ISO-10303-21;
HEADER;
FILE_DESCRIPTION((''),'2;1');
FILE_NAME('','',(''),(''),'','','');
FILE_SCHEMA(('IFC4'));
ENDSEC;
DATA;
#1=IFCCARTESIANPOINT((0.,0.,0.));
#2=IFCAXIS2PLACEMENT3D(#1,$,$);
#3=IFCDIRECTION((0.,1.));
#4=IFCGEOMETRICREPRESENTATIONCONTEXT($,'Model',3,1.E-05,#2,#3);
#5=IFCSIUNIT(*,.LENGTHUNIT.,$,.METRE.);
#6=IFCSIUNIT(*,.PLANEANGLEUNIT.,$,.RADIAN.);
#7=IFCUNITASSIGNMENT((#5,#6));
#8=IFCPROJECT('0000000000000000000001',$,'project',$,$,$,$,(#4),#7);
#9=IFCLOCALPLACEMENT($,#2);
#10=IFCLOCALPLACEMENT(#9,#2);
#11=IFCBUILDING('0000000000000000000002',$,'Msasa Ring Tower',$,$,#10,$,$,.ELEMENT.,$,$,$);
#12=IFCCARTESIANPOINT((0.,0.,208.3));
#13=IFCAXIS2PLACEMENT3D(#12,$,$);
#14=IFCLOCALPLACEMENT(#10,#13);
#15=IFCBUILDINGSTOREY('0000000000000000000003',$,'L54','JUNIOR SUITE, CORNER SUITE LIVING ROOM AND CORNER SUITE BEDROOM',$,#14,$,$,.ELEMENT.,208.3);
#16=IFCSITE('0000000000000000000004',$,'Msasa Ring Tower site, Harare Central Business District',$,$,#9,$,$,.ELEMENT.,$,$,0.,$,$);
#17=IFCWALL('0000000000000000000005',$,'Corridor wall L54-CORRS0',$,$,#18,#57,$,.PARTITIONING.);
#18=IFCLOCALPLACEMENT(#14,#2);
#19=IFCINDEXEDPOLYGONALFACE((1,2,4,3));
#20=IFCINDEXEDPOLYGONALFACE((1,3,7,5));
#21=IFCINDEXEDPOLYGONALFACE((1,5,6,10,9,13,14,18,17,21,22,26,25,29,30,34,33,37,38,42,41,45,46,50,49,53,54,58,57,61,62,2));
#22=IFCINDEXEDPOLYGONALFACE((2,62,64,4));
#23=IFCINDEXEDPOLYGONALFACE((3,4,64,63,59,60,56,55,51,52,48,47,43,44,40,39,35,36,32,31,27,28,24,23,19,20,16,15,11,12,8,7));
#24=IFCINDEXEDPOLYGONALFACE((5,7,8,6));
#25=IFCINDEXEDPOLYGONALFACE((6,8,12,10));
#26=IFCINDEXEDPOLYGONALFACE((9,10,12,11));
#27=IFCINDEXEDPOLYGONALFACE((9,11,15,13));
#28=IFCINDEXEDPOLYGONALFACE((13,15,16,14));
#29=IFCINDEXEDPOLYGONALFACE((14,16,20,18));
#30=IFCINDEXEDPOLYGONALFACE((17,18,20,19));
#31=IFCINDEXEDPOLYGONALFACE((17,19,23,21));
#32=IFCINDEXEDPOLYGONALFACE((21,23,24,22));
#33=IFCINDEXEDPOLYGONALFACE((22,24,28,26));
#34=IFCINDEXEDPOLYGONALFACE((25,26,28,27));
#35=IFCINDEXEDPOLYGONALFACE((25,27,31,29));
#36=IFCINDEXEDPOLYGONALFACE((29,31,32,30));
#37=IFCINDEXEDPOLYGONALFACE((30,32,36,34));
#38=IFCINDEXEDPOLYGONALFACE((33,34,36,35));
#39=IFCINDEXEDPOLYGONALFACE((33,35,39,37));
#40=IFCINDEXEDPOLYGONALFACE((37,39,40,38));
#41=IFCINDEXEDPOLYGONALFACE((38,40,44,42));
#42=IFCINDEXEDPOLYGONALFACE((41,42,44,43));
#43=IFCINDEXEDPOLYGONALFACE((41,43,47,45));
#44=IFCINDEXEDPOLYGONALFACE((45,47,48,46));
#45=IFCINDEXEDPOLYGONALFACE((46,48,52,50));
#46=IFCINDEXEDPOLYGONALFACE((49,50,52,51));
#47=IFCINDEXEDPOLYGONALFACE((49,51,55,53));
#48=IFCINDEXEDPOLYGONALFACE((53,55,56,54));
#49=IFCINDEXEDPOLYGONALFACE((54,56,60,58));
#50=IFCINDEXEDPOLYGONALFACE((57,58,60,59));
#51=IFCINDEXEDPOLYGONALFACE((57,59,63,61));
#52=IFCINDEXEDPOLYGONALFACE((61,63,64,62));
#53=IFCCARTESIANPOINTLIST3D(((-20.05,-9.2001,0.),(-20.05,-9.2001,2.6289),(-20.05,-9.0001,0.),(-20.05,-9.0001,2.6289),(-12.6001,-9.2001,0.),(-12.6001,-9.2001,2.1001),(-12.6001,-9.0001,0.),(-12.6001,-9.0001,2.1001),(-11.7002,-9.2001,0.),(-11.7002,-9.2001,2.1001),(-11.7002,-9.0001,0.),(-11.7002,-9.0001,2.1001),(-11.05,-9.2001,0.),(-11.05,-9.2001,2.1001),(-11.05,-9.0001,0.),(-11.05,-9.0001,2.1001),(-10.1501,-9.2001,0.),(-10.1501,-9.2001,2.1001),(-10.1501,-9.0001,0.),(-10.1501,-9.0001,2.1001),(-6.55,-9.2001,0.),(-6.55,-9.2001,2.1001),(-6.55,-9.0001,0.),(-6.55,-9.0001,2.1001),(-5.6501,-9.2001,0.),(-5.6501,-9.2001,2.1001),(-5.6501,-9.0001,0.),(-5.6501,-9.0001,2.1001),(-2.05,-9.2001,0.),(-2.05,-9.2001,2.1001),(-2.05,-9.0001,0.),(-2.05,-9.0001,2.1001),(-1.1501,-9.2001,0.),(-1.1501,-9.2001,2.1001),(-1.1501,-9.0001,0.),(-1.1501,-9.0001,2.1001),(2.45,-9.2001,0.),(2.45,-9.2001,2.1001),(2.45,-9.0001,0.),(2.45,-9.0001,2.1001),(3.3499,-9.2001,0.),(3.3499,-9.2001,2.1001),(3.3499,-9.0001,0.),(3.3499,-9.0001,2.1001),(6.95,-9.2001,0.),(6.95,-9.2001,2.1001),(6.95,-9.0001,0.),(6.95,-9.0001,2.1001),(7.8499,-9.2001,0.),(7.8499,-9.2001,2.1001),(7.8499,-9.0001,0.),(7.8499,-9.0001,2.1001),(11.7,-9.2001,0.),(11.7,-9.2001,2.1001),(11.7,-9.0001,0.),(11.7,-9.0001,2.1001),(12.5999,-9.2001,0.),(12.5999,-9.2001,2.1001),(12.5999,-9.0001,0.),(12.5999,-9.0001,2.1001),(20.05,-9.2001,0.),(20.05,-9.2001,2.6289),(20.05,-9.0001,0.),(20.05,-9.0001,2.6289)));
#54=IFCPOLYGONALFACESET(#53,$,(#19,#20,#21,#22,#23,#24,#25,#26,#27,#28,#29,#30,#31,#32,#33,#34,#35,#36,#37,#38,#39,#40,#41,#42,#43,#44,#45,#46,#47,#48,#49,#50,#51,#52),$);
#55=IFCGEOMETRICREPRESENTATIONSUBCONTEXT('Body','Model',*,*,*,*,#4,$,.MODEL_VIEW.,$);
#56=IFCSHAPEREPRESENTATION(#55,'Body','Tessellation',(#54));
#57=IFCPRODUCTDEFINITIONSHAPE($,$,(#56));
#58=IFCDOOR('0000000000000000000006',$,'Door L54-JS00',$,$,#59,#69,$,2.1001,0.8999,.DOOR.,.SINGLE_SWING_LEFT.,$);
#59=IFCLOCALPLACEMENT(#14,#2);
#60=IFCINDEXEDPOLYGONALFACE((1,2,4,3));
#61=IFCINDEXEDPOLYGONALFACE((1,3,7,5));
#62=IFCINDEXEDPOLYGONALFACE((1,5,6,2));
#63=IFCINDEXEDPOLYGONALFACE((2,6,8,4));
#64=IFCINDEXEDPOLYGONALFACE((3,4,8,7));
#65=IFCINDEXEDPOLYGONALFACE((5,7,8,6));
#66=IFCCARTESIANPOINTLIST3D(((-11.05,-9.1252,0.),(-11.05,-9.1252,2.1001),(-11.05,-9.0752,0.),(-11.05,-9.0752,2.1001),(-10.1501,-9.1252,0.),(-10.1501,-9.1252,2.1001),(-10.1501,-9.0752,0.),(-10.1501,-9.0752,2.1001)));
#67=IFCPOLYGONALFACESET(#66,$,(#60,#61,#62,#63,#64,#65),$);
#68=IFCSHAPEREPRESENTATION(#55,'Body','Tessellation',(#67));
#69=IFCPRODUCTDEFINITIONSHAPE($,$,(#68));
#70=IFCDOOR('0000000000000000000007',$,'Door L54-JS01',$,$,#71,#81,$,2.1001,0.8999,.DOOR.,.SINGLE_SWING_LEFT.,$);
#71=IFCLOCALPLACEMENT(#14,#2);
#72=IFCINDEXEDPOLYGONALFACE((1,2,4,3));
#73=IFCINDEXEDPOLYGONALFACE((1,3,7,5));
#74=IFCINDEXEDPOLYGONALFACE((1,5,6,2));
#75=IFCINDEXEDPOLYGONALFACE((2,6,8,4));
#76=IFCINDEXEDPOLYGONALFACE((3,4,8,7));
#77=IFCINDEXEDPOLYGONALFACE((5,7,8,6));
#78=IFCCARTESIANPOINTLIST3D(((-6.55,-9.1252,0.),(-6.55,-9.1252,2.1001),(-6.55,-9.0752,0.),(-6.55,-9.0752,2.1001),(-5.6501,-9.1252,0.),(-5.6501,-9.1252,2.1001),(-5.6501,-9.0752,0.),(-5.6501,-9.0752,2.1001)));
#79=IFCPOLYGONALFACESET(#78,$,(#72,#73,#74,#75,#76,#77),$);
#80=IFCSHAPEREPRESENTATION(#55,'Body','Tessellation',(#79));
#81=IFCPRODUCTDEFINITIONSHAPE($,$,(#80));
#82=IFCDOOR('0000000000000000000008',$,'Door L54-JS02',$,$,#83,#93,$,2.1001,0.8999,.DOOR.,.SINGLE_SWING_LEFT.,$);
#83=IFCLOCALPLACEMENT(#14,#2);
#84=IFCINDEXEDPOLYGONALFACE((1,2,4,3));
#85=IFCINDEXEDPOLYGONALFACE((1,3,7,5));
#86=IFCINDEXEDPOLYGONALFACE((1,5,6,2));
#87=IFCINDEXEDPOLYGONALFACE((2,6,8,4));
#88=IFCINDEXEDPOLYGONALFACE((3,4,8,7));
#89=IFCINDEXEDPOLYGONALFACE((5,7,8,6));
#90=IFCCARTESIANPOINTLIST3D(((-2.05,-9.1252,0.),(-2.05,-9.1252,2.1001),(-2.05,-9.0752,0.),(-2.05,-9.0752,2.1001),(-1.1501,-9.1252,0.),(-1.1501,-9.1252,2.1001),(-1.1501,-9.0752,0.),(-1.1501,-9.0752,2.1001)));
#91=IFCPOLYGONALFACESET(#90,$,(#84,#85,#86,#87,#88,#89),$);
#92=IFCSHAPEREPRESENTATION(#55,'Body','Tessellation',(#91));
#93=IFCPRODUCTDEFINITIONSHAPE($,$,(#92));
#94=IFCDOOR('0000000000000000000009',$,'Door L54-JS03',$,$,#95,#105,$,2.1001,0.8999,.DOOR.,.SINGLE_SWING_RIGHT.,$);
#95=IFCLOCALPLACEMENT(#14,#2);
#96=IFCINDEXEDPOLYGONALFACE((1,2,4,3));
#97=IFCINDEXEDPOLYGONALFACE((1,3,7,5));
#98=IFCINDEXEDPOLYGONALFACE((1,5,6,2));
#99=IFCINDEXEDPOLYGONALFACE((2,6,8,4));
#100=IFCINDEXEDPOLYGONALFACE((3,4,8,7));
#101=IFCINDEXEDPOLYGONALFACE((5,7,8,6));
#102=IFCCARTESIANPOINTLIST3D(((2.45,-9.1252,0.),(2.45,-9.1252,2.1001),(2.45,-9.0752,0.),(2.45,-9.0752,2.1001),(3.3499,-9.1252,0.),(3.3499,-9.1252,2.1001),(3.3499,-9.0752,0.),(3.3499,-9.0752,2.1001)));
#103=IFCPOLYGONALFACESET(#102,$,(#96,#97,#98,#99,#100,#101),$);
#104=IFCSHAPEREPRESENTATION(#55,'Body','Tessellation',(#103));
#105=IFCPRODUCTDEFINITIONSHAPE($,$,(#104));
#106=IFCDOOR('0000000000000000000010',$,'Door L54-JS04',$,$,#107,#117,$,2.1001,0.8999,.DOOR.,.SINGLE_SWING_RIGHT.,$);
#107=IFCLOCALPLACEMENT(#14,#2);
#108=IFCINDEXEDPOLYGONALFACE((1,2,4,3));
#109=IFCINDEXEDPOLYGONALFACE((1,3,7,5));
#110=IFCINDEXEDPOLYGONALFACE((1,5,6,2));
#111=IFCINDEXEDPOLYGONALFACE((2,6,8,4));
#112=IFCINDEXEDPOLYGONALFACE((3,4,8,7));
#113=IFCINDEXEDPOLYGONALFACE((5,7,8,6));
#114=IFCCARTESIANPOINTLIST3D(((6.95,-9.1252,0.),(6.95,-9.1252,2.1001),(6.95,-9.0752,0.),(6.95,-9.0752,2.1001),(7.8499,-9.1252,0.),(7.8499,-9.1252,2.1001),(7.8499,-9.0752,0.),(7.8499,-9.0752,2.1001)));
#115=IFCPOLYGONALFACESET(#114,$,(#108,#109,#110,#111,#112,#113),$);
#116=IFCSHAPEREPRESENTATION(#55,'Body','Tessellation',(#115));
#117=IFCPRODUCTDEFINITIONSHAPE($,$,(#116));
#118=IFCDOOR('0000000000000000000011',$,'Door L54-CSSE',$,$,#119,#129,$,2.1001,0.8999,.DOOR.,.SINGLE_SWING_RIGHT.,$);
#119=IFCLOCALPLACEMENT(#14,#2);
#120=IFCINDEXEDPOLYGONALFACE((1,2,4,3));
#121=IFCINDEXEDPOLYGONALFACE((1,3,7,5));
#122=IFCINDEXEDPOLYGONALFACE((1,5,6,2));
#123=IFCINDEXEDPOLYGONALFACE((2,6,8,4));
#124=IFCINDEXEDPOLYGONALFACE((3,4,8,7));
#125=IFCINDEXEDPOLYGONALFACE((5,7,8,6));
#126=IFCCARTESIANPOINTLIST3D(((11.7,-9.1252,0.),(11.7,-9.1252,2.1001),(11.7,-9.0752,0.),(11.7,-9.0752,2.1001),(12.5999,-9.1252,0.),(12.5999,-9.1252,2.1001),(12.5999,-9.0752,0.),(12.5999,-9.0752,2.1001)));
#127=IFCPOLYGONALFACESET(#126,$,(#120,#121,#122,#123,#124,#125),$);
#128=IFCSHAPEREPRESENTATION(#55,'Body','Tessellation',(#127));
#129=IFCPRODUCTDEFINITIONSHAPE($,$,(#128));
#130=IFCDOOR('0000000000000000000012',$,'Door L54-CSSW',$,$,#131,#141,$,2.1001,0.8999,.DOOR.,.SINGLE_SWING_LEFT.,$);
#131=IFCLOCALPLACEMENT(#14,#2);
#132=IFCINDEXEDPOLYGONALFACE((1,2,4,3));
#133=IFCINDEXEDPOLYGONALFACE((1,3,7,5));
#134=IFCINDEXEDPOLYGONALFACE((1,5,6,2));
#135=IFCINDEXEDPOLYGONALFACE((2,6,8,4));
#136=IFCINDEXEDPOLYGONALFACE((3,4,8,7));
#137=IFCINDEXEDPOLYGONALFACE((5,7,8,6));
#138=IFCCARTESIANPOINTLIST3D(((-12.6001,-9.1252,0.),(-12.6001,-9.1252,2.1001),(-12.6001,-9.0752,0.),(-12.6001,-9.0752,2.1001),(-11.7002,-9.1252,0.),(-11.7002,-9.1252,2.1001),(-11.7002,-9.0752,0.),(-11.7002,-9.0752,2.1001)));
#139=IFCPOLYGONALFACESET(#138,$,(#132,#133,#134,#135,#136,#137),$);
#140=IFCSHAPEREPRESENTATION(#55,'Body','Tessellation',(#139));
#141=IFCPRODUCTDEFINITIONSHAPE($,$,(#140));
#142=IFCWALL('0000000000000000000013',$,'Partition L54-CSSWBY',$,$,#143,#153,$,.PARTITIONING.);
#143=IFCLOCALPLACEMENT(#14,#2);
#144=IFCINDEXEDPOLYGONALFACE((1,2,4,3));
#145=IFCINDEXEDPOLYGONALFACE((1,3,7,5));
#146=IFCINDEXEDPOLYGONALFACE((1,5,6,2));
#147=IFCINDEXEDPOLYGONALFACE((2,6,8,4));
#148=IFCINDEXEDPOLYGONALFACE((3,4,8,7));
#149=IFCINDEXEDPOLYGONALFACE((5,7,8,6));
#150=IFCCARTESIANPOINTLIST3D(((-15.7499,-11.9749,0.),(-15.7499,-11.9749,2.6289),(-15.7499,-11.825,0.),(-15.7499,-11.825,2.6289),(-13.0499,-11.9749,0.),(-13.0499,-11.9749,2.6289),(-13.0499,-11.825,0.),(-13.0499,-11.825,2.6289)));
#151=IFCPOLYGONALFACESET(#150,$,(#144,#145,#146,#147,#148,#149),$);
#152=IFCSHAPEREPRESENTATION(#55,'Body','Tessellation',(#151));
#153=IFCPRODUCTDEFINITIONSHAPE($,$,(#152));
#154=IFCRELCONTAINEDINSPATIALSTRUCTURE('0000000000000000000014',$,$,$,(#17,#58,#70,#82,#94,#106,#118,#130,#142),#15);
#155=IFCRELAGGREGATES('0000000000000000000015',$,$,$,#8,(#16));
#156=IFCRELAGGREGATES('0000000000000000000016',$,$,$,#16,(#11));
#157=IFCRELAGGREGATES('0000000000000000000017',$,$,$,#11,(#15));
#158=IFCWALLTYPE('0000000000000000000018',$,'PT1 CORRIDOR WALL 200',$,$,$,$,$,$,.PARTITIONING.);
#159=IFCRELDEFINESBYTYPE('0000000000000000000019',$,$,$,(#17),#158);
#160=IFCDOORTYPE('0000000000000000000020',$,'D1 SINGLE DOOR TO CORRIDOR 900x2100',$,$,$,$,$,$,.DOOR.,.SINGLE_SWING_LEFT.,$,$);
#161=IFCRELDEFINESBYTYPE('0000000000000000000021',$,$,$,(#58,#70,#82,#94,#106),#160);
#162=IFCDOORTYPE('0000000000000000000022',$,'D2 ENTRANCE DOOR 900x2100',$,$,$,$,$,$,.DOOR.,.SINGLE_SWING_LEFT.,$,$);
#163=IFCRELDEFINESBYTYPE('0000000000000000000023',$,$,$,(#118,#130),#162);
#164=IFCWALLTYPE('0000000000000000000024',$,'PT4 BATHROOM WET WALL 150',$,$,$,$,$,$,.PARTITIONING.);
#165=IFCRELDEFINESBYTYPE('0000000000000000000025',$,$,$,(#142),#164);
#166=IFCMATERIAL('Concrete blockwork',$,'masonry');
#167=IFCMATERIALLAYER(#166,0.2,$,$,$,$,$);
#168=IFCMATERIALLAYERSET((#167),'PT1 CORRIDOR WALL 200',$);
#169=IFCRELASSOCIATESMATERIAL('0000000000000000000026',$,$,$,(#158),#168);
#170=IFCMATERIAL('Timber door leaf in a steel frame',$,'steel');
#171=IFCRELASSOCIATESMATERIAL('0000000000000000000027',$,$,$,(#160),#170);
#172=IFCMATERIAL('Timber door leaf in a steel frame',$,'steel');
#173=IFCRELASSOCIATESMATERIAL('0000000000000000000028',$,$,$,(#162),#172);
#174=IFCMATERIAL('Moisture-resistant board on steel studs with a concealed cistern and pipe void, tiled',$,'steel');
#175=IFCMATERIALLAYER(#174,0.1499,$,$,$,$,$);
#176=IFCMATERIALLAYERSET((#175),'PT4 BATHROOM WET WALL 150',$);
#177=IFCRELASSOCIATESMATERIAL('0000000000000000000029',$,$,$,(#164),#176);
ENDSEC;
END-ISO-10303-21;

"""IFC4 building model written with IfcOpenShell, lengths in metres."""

from ifc_helpers import new_model, si_unit, direction, frame, frame_2d, origin, place, context, subcontext, project, spatial, rectangle, extrude, material, layer, layer_set, type_object, element, fill, save


model = new_model("IFC4")

# Units and contexts
model_context = context("Model", 3, precision=1e-05, world=origin(), true_north=direction((0.0, 1.0)))
body_context = subcontext(model_context, "Body", "Model", "MODEL_VIEW")
ifc_project = project(units=[si_unit("LENGTHUNIT", "METRE"), si_unit("PLANEANGLEUNIT", "RADIAN")], contexts=[model_context])

# Site, building, storey
site_placement = place(None, origin())
site = spatial("IfcSite", under=ifc_project, at=site_placement, Name="Msasa Ring Tower site, Harare Central Business District", CompositionType="ELEMENT", RefElevation=0.0)
building_placement = place(site_placement, origin())
building = spatial("IfcBuilding", under=site, at=building_placement, Name="Msasa Ring Tower", CompositionType="ELEMENT")
storey_placement = place(building_placement, frame((0.0, 0.0, 208.3)))
storey = spatial("IfcBuildingStorey", under=building, at=storey_placement, Name="L54", Description="JUNIOR SUITE, CORNER SUITE LIVING ROOM AND CORNER SUITE BEDROOM", CompositionType="ELEMENT", Elevation=208.3)

# Wall, openings, doors
ifc_material_1 = material(Name="Concrete blockwork", Category="masonry")
ifc_layer_1 = layer(ifc_material_1, 0.2)
ifc_layer_set_1 = layer_set([ifc_layer_1], Name="PT1 CORRIDOR WALL 200")
wall_type_1 = type_object("IfcWallType", Name="PT1 CORRIDOR WALL 200", PredefinedType="PARTITIONING", material=ifc_layer_set_1)
wall_1_placement = place(storey_placement, frame((-20.05, -9.1001, 0.0), z_axis=(0.0, 0.0, 1.0), x_axis=(1.0, 0.0, 0.0)))
wall_1 = element("IfcWall", 1, at=wall_1_placement, inside=storey, type_object=wall_type_1, Name="Corridor wall L54-CORRS0", PredefinedType="PARTITIONING", context=body_context, shape_type="SweptSolid", body=[
    extrude(rectangle(XDim=40.1001, YDim=0.2, at=frame_2d((20.05, 0.0))), origin(), (0.0, 0.0, 1.0), 2.6289),
])
opening_1_placement = place(wall_1_placement, frame((9.0, 0.0, 0.0)))
opening_1 = element("IfcOpeningElement", 2, at=opening_1_placement, cuts=wall_1, PredefinedType="OPENING", context=body_context, shape_type="SweptSolid", body=[
    extrude(rectangle(XDim=0.8999, YDim=2.1001, at=frame_2d((0.45, 1.05))), frame((0.0, 0.1099, 0.0), z_axis=(0.0, -1.0, 0.0), x_axis=(1.0, 0.0, 0.0)), (0.0, 0.0, 1.0), 0.22),
])
opening_2_placement = place(wall_1_placement, frame((13.5, 0.0, 0.0)))
opening_2 = element("IfcOpeningElement", 3, at=opening_2_placement, cuts=wall_1, PredefinedType="OPENING", context=body_context, shape_type="SweptSolid", body=[
    extrude(rectangle(XDim=0.8999, YDim=2.1001, at=frame_2d((0.45, 1.05))), frame((0.0, 0.1099, 0.0), z_axis=(0.0, -1.0, 0.0), x_axis=(1.0, 0.0, 0.0)), (0.0, 0.0, 1.0), 0.22),
])
opening_3_placement = place(wall_1_placement, frame((18.0, 0.0, 0.0)))
opening_3 = element("IfcOpeningElement", 4, at=opening_3_placement, cuts=wall_1, PredefinedType="OPENING", context=body_context, shape_type="SweptSolid", body=[
    extrude(rectangle(XDim=0.8999, YDim=2.1001, at=frame_2d((0.45, 1.05))), frame((0.0, 0.1099, 0.0), z_axis=(0.0, -1.0, 0.0), x_axis=(1.0, 0.0, 0.0)), (0.0, 0.0, 1.0), 0.22),
])
opening_4_placement = place(wall_1_placement, frame((22.5, 0.0, 0.0)))
opening_4 = element("IfcOpeningElement", 5, at=opening_4_placement, cuts=wall_1, PredefinedType="OPENING", context=body_context, shape_type="SweptSolid", body=[
    extrude(rectangle(XDim=0.8999, YDim=2.1001, at=frame_2d((0.45, 1.05))), frame((0.0, 0.1099, 0.0), z_axis=(0.0, -1.0, 0.0), x_axis=(1.0, 0.0, 0.0)), (0.0, 0.0, 1.0), 0.22),
])
opening_5_placement = place(wall_1_placement, frame((27.0, 0.0, 0.0)))
opening_5 = element("IfcOpeningElement", 6, at=opening_5_placement, cuts=wall_1, PredefinedType="OPENING", context=body_context, shape_type="SweptSolid", body=[
    extrude(rectangle(XDim=0.8999, YDim=2.1001, at=frame_2d((0.45, 1.05))), frame((0.0, 0.1099, 0.0), z_axis=(0.0, -1.0, 0.0), x_axis=(1.0, 0.0, 0.0)), (0.0, 0.0, 1.0), 0.22),
])
opening_6_placement = place(wall_1_placement, frame((31.75, 0.0, 0.0)))
opening_6 = element("IfcOpeningElement", 7, at=opening_6_placement, cuts=wall_1, PredefinedType="OPENING", context=body_context, shape_type="SweptSolid", body=[
    extrude(rectangle(XDim=0.8999, YDim=2.1001, at=frame_2d((0.45, 1.05))), frame((0.0, 0.1099, 0.0), z_axis=(0.0, -1.0, 0.0), x_axis=(1.0, 0.0, 0.0)), (0.0, 0.0, 1.0), 0.22),
])
opening_7_placement = place(wall_1_placement, frame((7.45, 0.0, 0.0)))
opening_7 = element("IfcOpeningElement", 8, at=opening_7_placement, cuts=wall_1, PredefinedType="OPENING", context=body_context, shape_type="SweptSolid", body=[
    extrude(rectangle(XDim=0.8999, YDim=2.1001, at=frame_2d((0.45, 1.05))), frame((0.0, 0.1099, 0.0), z_axis=(0.0, -1.0, 0.0), x_axis=(1.0, 0.0, 0.0)), (0.0, 0.0, 1.0), 0.22),
])
ifc_material_2 = material(Name="Timber door leaf in a steel frame", Category="steel")
door_type_1 = type_object("IfcDoorType", Name="D1 SINGLE DOOR TO CORRIDOR 900x2100", OperationType="SINGLE_SWING_LEFT", PredefinedType="DOOR", material=ifc_material_2)
door_1_placement = place(opening_1_placement, origin())
door_1 = element("IfcDoor", 9, at=door_1_placement, inside=storey, type_object=door_type_1, Name="Door L54-JS00", OperationType="SINGLE_SWING_LEFT", OverallHeight=2.1001, OverallWidth=0.8999, PredefinedType="DOOR", context=body_context, shape_type="SweptSolid", body=[
    extrude(rectangle(XDim=0.8999, YDim=2.1001, at=frame_2d((0.45, 1.05))), frame((0.0, 0.0249, 0.0), z_axis=(0.0, -1.0, 0.0), x_axis=(1.0, 0.0, 0.0)), (0.0, 0.0, 1.0), 0.05),
])
fill(opening_1, door_1)
door_2_placement = place(opening_2_placement, origin())
door_2 = element("IfcDoor", 10, at=door_2_placement, inside=storey, type_object=door_type_1, Name="Door L54-JS01", OperationType="SINGLE_SWING_LEFT", OverallHeight=2.1001, OverallWidth=0.8999, PredefinedType="DOOR", context=body_context, shape_type="SweptSolid", body=[
    extrude(rectangle(XDim=0.8999, YDim=2.1001, at=frame_2d((0.45, 1.05))), frame((0.0, 0.0249, 0.0), z_axis=(0.0, -1.0, 0.0), x_axis=(1.0, 0.0, 0.0)), (0.0, 0.0, 1.0), 0.05),
])
fill(opening_2, door_2)
door_3_placement = place(opening_3_placement, origin())
door_3 = element("IfcDoor", 11, at=door_3_placement, inside=storey, type_object=door_type_1, Name="Door L54-JS02", OperationType="SINGLE_SWING_LEFT", OverallHeight=2.1001, OverallWidth=0.8999, PredefinedType="DOOR", context=body_context, shape_type="SweptSolid", body=[
    extrude(rectangle(XDim=0.8999, YDim=2.1001, at=frame_2d((0.45, 1.05))), frame((0.0, 0.0249, 0.0), z_axis=(0.0, -1.0, 0.0), x_axis=(1.0, 0.0, 0.0)), (0.0, 0.0, 1.0), 0.05),
])
fill(opening_3, door_3)
door_4_placement = place(opening_4_placement, origin())
door_4 = element("IfcDoor", 12, at=door_4_placement, inside=storey, type_object=door_type_1, Name="Door L54-JS03", OperationType="SINGLE_SWING_RIGHT", OverallHeight=2.1001, OverallWidth=0.8999, PredefinedType="DOOR", context=body_context, shape_type="SweptSolid", body=[
    extrude(rectangle(XDim=0.8999, YDim=2.1001, at=frame_2d((0.45, 1.05))), frame((0.0, 0.0249, 0.0), z_axis=(0.0, -1.0, 0.0), x_axis=(1.0, 0.0, 0.0)), (0.0, 0.0, 1.0), 0.05),
])
fill(opening_4, door_4)
door_5_placement = place(opening_5_placement, origin())
door_5 = element("IfcDoor", 13, at=door_5_placement, inside=storey, type_object=door_type_1, Name="Door L54-JS04", OperationType="SINGLE_SWING_RIGHT", OverallHeight=2.1001, OverallWidth=0.8999, PredefinedType="DOOR", context=body_context, shape_type="SweptSolid", body=[
    extrude(rectangle(XDim=0.8999, YDim=2.1001, at=frame_2d((0.45, 1.05))), frame((0.0, 0.0249, 0.0), z_axis=(0.0, -1.0, 0.0), x_axis=(1.0, 0.0, 0.0)), (0.0, 0.0, 1.0), 0.05),
])
fill(opening_5, door_5)
ifc_material_3 = material(Name="Timber door leaf in a steel frame", Category="steel")
door_type_2 = type_object("IfcDoorType", Name="D2 ENTRANCE DOOR 900x2100", OperationType="SINGLE_SWING_LEFT", PredefinedType="DOOR", material=ifc_material_3)
door_6_placement = place(opening_6_placement, origin())
door_6 = element("IfcDoor", 14, at=door_6_placement, inside=storey, type_object=door_type_2, Name="Door L54-CSSE", OperationType="SINGLE_SWING_RIGHT", OverallHeight=2.1001, OverallWidth=0.8999, PredefinedType="DOOR", context=body_context, shape_type="SweptSolid", body=[
    extrude(rectangle(XDim=0.8999, YDim=2.1001, at=frame_2d((0.45, 1.05))), frame((0.0, 0.0249, 0.0), z_axis=(0.0, -1.0, 0.0), x_axis=(1.0, 0.0, 0.0)), (0.0, 0.0, 1.0), 0.05),
])
fill(opening_6, door_6)
door_7_placement = place(opening_7_placement, origin())
door_7 = element("IfcDoor", 15, at=door_7_placement, inside=storey, type_object=door_type_2, Name="Door L54-CSSW", OperationType="SINGLE_SWING_LEFT", OverallHeight=2.1001, OverallWidth=0.8999, PredefinedType="DOOR", context=body_context, shape_type="SweptSolid", body=[
    extrude(rectangle(XDim=0.8999, YDim=2.1001, at=frame_2d((0.45, 1.05))), frame((0.0, 0.0249, 0.0), z_axis=(0.0, -1.0, 0.0), x_axis=(1.0, 0.0, 0.0)), (0.0, 0.0, 1.0), 0.05),
])
fill(opening_7, door_7)

# Wall
ifc_material_4 = material(Name="Moisture-resistant board on steel studs with a concealed cistern and pipe void, tiled", Category="steel")
ifc_layer_2 = layer(ifc_material_4, 0.1499)
ifc_layer_set_2 = layer_set([ifc_layer_2], Name="PT4 BATHROOM WET WALL 150")
wall_type_2 = type_object("IfcWallType", Name="PT4 BATHROOM WET WALL 150", PredefinedType="PARTITIONING", material=ifc_layer_set_2)
wall_2_placement = place(storey_placement, frame((-15.75, -11.8999, 0.0), z_axis=(0.0, 0.0, 1.0), x_axis=(1.0, 0.0, 0.0)))
element("IfcWall", 16, at=wall_2_placement, inside=storey, type_object=wall_type_2, Name="Partition L54-CSSWBY", PredefinedType="PARTITIONING", context=body_context, shape_type="SweptSolid", body=[
    extrude(rectangle(XDim=2.7, YDim=0.1499, at=frame_2d((1.3501, 0.0))), origin(), (0.0, 0.0, 1.0), 2.6289),
])

save(model, "model.ifc")
